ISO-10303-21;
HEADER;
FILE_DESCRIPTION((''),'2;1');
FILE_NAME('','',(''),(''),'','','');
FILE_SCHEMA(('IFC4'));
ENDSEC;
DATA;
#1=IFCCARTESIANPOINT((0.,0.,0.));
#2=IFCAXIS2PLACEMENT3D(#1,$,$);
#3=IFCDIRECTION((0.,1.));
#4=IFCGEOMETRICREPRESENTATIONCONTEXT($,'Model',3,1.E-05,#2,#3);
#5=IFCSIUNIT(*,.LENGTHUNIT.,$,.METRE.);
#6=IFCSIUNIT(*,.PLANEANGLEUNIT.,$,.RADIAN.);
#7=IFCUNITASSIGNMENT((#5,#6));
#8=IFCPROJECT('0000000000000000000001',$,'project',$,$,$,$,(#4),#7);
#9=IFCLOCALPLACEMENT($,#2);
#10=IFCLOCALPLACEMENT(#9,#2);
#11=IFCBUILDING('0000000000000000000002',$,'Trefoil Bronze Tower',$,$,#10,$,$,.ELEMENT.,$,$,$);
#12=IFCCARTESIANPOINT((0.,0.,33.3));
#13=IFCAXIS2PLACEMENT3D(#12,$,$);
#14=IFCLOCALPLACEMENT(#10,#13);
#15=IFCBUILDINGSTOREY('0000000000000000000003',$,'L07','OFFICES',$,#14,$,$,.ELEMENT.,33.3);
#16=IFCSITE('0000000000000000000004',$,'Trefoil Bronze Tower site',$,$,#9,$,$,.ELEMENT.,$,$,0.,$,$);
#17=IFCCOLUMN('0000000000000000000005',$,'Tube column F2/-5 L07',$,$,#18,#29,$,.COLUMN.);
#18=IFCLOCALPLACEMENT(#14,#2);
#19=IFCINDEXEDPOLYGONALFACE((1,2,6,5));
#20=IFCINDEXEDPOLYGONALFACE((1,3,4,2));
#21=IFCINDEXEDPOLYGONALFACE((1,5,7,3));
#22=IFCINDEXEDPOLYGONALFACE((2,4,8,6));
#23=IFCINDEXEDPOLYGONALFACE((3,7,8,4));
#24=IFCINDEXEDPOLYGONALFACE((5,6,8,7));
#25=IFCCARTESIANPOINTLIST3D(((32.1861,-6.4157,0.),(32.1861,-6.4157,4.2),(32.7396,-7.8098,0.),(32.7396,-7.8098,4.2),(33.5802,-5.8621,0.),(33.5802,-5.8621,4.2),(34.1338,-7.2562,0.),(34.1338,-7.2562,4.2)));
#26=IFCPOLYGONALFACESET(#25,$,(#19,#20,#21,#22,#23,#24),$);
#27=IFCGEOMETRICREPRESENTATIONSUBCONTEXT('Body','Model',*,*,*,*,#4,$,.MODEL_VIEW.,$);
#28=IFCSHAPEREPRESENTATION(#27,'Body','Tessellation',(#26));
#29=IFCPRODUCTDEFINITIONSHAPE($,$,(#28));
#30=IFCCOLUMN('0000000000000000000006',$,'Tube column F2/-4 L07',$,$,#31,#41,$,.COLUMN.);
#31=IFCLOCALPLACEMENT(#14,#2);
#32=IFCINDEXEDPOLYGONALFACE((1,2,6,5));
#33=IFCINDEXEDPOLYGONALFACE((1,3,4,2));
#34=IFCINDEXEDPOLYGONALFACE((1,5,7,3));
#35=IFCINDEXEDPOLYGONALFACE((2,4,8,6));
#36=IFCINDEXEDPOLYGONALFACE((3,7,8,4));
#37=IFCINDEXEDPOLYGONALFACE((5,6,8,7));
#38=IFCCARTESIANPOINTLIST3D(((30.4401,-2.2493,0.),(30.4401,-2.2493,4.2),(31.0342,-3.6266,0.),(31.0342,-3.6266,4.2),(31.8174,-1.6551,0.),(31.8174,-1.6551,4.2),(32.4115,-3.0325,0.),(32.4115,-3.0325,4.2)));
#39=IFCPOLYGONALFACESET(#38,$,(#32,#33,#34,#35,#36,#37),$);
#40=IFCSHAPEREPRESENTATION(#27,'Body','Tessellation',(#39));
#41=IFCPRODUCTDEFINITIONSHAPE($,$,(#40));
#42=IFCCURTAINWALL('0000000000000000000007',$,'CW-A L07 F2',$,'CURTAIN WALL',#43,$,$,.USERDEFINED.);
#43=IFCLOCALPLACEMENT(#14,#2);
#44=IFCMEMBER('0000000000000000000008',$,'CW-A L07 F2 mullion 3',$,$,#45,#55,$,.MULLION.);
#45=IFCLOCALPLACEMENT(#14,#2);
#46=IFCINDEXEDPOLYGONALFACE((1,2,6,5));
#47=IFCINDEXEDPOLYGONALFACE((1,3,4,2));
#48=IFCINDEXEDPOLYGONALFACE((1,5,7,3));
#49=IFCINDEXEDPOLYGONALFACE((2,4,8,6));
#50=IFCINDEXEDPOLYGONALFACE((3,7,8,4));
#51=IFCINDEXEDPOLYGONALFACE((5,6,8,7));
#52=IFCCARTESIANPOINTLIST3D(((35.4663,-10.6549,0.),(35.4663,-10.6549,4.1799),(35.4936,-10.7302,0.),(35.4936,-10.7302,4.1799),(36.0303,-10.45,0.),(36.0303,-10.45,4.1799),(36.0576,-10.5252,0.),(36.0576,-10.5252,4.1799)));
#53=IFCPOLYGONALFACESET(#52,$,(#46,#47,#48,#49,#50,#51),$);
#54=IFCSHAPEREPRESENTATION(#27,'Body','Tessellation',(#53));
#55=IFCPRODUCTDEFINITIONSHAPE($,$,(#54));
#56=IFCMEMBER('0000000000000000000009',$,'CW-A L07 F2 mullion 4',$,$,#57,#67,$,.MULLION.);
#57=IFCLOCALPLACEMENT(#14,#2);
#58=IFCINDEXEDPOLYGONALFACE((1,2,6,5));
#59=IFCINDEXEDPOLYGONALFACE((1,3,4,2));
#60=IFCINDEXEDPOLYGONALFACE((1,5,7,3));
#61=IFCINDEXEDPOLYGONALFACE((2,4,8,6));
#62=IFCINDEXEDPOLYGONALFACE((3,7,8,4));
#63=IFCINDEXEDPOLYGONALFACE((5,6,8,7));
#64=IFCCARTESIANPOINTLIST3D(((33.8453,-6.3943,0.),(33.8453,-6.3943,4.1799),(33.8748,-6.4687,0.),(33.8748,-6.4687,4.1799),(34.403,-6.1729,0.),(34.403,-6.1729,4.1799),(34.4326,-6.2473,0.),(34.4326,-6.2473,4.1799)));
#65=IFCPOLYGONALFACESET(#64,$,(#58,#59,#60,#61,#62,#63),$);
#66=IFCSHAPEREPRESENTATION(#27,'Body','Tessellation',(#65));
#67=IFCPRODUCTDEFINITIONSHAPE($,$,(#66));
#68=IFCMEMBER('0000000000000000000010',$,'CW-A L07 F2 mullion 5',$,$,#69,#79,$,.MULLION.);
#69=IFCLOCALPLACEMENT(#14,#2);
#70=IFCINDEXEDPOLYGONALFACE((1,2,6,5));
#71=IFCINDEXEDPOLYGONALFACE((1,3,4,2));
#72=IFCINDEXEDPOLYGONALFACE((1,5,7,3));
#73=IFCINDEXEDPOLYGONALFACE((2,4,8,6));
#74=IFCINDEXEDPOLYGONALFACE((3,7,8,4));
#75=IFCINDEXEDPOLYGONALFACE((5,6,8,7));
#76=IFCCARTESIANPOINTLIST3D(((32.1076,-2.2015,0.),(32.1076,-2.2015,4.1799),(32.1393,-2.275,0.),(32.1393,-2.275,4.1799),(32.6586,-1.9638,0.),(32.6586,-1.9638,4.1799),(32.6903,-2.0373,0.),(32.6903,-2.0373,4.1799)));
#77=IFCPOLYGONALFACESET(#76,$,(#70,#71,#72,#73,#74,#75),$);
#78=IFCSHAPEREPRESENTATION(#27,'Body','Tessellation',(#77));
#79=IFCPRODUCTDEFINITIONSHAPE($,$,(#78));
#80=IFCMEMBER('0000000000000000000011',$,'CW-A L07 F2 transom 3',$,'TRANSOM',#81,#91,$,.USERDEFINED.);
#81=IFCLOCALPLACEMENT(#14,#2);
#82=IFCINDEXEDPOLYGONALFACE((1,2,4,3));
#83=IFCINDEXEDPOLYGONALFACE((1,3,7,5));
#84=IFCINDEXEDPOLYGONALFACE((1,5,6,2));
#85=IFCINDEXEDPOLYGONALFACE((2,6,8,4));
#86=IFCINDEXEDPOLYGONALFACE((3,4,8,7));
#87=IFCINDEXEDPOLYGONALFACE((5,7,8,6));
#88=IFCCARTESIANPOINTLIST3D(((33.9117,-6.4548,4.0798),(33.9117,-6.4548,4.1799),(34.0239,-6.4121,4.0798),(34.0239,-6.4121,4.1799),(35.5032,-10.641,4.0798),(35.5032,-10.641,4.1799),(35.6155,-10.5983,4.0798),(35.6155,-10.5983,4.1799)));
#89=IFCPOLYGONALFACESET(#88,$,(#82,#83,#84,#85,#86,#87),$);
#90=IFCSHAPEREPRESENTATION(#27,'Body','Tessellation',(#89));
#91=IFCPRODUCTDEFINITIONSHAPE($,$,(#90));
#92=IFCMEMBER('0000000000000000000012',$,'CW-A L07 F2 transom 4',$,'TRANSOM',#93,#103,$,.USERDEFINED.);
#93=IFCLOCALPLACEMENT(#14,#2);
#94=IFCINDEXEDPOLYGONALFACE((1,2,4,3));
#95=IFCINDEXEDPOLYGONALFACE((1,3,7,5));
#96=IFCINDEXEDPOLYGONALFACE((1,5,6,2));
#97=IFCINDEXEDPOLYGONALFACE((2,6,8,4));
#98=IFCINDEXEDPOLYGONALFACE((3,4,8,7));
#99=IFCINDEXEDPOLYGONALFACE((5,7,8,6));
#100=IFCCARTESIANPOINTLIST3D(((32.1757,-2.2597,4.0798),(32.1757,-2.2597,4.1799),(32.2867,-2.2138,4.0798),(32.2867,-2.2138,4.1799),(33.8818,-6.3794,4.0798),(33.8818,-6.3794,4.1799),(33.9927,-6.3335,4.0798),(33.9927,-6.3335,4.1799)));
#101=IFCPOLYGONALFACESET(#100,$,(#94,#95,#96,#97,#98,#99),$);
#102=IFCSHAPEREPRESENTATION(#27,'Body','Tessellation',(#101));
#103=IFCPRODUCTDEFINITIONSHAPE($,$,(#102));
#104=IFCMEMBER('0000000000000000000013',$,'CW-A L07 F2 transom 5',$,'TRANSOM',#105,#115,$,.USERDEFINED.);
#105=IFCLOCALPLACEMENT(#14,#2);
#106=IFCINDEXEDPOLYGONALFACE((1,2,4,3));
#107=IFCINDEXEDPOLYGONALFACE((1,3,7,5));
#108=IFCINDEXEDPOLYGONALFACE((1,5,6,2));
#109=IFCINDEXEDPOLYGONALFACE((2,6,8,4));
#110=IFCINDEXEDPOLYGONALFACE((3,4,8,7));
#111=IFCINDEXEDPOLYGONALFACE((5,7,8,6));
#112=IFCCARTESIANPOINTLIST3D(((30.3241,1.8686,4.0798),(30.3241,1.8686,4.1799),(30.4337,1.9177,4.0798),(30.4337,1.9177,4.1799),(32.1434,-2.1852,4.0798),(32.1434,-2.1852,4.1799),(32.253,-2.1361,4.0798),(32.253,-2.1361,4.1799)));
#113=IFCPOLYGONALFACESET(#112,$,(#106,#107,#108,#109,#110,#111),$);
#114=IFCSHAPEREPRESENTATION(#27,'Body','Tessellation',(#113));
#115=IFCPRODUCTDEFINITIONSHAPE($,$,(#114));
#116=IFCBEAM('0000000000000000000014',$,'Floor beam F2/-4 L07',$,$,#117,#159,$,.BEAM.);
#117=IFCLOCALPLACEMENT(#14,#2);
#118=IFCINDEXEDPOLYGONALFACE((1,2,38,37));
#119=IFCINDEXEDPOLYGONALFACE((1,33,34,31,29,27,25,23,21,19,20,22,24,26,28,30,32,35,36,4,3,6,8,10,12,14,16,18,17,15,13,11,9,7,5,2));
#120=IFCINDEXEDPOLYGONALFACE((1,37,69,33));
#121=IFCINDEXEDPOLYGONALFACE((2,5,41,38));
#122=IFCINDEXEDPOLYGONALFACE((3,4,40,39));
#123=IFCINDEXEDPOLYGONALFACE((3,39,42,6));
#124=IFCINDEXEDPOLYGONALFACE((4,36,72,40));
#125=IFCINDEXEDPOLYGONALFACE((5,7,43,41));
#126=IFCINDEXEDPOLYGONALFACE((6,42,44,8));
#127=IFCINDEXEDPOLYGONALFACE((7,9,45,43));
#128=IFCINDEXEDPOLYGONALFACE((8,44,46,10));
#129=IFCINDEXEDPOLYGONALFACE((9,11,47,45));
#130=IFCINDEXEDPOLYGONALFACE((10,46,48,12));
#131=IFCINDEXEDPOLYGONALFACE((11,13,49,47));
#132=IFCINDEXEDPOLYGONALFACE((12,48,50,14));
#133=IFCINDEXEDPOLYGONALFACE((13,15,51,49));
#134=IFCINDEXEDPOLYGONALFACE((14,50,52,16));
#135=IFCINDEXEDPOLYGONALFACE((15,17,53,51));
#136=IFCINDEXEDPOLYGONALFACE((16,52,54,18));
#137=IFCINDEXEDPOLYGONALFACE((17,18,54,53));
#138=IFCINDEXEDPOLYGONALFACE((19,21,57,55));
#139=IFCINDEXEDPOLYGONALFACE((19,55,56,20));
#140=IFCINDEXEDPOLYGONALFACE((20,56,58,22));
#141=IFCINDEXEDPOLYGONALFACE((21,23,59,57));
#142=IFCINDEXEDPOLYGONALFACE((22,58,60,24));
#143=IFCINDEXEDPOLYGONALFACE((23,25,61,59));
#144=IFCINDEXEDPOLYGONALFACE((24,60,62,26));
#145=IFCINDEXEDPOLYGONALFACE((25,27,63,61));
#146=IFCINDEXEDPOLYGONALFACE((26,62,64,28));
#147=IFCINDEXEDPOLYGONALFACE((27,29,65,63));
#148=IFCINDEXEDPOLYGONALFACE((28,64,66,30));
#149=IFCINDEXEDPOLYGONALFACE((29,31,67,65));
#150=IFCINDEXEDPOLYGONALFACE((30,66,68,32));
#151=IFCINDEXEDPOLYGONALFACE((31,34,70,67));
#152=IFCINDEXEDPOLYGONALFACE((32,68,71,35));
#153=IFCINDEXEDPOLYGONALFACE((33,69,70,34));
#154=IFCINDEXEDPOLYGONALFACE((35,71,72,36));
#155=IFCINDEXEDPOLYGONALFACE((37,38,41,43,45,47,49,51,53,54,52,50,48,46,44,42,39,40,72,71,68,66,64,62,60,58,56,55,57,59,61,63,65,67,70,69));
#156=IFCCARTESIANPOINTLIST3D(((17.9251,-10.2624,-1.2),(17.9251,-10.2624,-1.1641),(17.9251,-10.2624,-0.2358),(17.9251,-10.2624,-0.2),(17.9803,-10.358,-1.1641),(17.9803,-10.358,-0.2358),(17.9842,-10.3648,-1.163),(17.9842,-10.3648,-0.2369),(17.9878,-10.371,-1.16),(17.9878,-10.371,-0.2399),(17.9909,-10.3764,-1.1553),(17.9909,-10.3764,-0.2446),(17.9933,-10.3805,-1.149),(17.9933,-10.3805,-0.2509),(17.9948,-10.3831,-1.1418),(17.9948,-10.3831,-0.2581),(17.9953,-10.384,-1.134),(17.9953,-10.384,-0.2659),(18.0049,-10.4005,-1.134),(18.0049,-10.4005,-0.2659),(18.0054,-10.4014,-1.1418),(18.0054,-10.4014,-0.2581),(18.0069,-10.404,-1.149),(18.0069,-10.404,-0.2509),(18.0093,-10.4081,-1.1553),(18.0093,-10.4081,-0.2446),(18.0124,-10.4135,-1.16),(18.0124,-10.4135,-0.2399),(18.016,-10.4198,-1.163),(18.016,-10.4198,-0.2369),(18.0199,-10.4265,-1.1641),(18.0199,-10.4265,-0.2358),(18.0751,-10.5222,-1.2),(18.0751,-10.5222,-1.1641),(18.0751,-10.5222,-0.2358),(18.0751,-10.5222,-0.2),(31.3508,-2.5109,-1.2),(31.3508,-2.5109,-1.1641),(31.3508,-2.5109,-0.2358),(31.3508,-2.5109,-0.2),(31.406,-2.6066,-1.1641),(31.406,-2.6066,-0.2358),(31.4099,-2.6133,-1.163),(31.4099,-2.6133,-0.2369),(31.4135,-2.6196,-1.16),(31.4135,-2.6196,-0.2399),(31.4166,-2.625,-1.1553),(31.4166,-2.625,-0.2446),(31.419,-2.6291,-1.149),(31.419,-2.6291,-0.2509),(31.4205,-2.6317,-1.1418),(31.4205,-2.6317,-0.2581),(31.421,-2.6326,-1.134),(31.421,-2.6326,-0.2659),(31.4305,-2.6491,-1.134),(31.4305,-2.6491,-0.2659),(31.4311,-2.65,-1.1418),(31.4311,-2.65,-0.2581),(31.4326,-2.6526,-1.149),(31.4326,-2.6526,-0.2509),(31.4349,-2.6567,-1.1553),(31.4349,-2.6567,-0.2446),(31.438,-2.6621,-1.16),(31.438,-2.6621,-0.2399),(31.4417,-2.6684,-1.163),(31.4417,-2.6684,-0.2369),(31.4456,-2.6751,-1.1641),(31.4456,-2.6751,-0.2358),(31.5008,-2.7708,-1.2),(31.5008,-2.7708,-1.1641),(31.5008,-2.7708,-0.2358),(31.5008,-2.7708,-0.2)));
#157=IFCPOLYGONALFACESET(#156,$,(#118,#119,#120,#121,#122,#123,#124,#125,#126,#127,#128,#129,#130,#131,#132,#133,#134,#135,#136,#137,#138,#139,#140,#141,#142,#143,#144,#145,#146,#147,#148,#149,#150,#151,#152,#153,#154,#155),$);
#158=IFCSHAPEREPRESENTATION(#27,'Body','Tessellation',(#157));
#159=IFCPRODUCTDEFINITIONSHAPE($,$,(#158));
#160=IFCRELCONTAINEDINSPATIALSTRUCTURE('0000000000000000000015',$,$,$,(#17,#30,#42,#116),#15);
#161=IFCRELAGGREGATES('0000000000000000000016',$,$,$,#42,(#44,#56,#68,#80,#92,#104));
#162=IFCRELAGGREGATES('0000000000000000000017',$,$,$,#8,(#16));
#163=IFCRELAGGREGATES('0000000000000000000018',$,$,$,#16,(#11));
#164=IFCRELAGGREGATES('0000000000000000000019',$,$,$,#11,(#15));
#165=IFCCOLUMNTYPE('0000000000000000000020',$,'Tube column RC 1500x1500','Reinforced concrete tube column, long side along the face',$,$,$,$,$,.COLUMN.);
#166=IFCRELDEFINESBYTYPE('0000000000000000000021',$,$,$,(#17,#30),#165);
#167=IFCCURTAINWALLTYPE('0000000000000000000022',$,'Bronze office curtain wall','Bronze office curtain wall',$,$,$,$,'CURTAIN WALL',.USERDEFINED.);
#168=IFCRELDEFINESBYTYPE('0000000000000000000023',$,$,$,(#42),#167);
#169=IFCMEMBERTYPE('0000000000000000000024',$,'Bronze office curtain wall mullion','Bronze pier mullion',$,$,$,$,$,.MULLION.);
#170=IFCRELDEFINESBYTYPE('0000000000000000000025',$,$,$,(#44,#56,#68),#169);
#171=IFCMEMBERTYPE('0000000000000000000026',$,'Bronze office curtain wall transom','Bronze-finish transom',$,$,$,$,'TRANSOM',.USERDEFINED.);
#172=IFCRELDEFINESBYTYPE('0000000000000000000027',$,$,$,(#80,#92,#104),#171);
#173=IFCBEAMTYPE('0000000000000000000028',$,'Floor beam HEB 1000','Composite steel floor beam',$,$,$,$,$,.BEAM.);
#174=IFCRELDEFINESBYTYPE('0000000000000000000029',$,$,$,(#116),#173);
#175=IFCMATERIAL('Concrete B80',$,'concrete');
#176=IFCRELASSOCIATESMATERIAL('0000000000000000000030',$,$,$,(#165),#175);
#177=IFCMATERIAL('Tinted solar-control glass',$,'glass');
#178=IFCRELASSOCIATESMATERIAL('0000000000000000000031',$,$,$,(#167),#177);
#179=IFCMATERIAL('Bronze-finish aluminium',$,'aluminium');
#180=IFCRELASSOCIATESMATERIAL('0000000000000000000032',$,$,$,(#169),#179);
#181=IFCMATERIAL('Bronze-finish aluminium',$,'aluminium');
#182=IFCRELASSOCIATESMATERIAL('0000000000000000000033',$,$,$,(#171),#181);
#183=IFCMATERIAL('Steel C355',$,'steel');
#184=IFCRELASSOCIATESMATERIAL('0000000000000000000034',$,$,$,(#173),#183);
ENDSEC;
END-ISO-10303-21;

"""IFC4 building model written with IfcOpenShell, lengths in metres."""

from ifc_helpers import new_model, si_unit, direction, frame, origin, origin_2d, place, context, subcontext, project, spatial, rectangle, i_section, extrude, material, material_profile, profile_set, type_object, element, aggregate, save


model = new_model("IFC4")

# Units and contexts
model_context = context("Model", 3, precision=1e-05, world=origin(), true_north=direction((0.0, 1.0)))
body_context = subcontext(model_context, "Body", "Model", "MODEL_VIEW")
ifc_project = project(units=[si_unit("LENGTHUNIT", "METRE"), si_unit("PLANEANGLEUNIT", "RADIAN")], contexts=[model_context])

# Site, building, storey
site_placement = place(None, origin())
site = spatial("IfcSite", under=ifc_project, at=site_placement, Name="Trefoil Bronze Tower site", CompositionType="ELEMENT", RefElevation=0.0)
building_placement = place(site_placement, origin())
building = spatial("IfcBuilding", under=site, at=building_placement, Name="Trefoil Bronze Tower", CompositionType="ELEMENT")
storey_placement = place(building_placement, frame((0.0, 0.0, 33.3)))
storey = spatial("IfcBuildingStorey", under=building, at=storey_placement, Name="L07", Description="OFFICES", CompositionType="ELEMENT", Elevation=33.3)

# Columns
ifc_material_1 = material(Name="Concrete B80", Category="concrete")
ifc_material_profile_1 = material_profile(ifc_material_1, rectangle(XDim=1.5, YDim=1.5, at=origin_2d()), Name="RC 1500x1500")
ifc_profile_set_1 = profile_set([ifc_material_profile_1], Name="Concrete B80")
column_type = type_object("IfcColumnType", Name="Tube column RC 1500x1500", Description="Reinforced concrete tube column, long side along the face", PredefinedType="COLUMN", material=ifc_profile_set_1)
for number, where, z_axis, x_axis, name in (
    (1, (33.1599, -6.8359, 0.0), (0.0, 0.0, 1.0), (-0.36904, 0.929414, 0.0), "Tube column F2/-5 L07"),
    (2, (31.4258, -2.6409, 0.0), (0.0, 0.0, 1.0), (-0.396085, 0.918214, 0.0), "Tube column F2/-4 L07"),
):
    element("IfcColumn", number, at=place(storey_placement, frame(where, z_axis=z_axis, x_axis=x_axis)), inside=storey, type_object=column_type, Name=name, PredefinedType="COLUMN", context=body_context, shape_type="SweptSolid", body=[
        extrude(rectangle(XDim=1.5, YDim=1.5, at=origin_2d()), origin(), (0.0, 0.0, 1.0), 4.2),
    ])

# Curtain wall, members
ifc_material_2 = material(Name="Tinted solar-control glass", Category="glass")
curtain_wall_type = type_object("IfcCurtainWallType", Name="Bronze office curtain wall", Description="Bronze office curtain wall", ElementType="CURTAIN WALL", PredefinedType="USERDEFINED", material=ifc_material_2)
curtain_wall_placement = place(storey_placement, origin())
curtain_wall = element("IfcCurtainWall", 3, at=curtain_wall_placement, inside=storey, type_object=curtain_wall_type, Name="CW-A L07 F2", ObjectType="CURTAIN WALL", PredefinedType="USERDEFINED")
ifc_material_3 = material(Name="Bronze-finish aluminium", Category="aluminium")
ifc_material_profile_2 = material_profile(ifc_material_3, rectangle(XDim=0.6001, YDim=0.0801, at=origin_2d()), Name="CW-A mullion")
ifc_profile_set_2 = profile_set([ifc_material_profile_2], Name="Bronze-finish aluminium")
member_type_1 = type_object("IfcMemberType", Name="Bronze office curtain wall mullion", Description="Bronze pier mullion", PredefinedType="MULLION", material=ifc_profile_set_2)
member_1_placement = place(storey_placement, frame((35.762, -10.5901, 0.0), z_axis=(0.0, 0.0, 1.0), x_axis=(-0.93986, -0.341559, 0.0)))
member_1 = element("IfcMember", 4, at=member_1_placement, type_object=member_type_1, Name="CW-A L07 F2 mullion 3", PredefinedType="MULLION", context=body_context, shape_type="SweptSolid", body=[
    extrude(rectangle(XDim=0.6001, YDim=0.0801, at=origin_2d()), origin(), (0.0, 0.0, 1.0), 4.1799),
])
member_2_placement = place(storey_placement, frame((34.1389, -6.3208, 0.0), z_axis=(0.0, 0.0, 1.0), x_axis=(-0.929414, -0.36904, 0.0)))
member_2 = element("IfcMember", 5, at=member_2_placement, type_object=member_type_1, Name="CW-A L07 F2 mullion 4", PredefinedType="MULLION", context=body_context, shape_type="SweptSolid", body=[
    extrude(rectangle(XDim=0.6001, YDim=0.0801, at=origin_2d()), origin(), (0.0, 0.0, 1.0), 4.1799),
])
member_3_placement = place(storey_placement, frame((32.3989, -2.1194, 0.0), z_axis=(0.0, 0.0, 1.0), x_axis=(-0.918214, -0.396085, 0.0)))
member_3 = element("IfcMember", 6, at=member_3_placement, type_object=member_type_1, Name="CW-A L07 F2 mullion 5", PredefinedType="MULLION", context=body_context, shape_type="SweptSolid", body=[
    extrude(rectangle(XDim=0.6001, YDim=0.0801, at=origin_2d()), origin(), (0.0, 0.0, 1.0), 4.1799),
])
ifc_material_4 = material(Name="Bronze-finish aluminium", Category="aluminium")
ifc_material_profile_3 = material_profile(ifc_material_4, rectangle(XDim=0.1201, YDim=0.1001, at=origin_2d()), Name="CW-A transom")
ifc_profile_set_3 = profile_set([ifc_material_profile_3], Name="Bronze-finish aluminium")
member_type_2 = type_object("IfcMemberType", Name="Bronze office curtain wall transom", Description="Bronze-finish transom", ElementType="TRANSOM", PredefinedType="USERDEFINED", material=ifc_profile_set_3)
member_4_placement = place(storey_placement, frame((35.5593, -10.6196, 4.1299), z_axis=(-0.355367, 0.934727, 0.0), x_axis=(-0.934727, -0.355367, 0.0)))
member_4 = element("IfcMember", 7, at=member_4_placement, type_object=member_type_2, Name="CW-A L07 F2 transom 3", ObjectType="TRANSOM", PredefinedType="USERDEFINED", context=body_context, shape_type="SweptSolid", body=[
    extrude(rectangle(XDim=0.1201, YDim=0.1001, at=origin_2d()), origin(), (0.0, 0.0, 1.0), 4.4785),
])
member_5_placement = place(storey_placement, frame((33.9373, -6.3564, 4.1299), z_axis=(-0.382616, 0.923907, 0.0), x_axis=(-0.923907, -0.382616, 0.0)))
member_5 = element("IfcMember", 8, at=member_5_placement, type_object=member_type_2, Name="CW-A L07 F2 transom 4", ObjectType="TRANSOM", PredefinedType="USERDEFINED", context=body_context, shape_type="SweptSolid", body=[
    extrude(rectangle(XDim=0.1201, YDim=0.1001, at=origin_2d()), origin(), (0.0, 0.0, 1.0), 4.459),
])
member_6_placement = place(storey_placement, frame((32.1982, -2.1606, 4.1299), z_axis=(-0.40946, 0.912328, 0.0), x_axis=(-0.912328, -0.40946, 0.0)))
member_6 = element("IfcMember", 9, at=member_6_placement, type_object=member_type_2, Name="CW-A L07 F2 transom 5", ObjectType="TRANSOM", PredefinedType="USERDEFINED", context=body_context, shape_type="SweptSolid", body=[
    extrude(rectangle(XDim=0.1201, YDim=0.1001, at=origin_2d()), origin(), (0.0, 0.0, 1.0), 4.4434),
])

# Beam
ifc_material_5 = material(Name="Steel C355", Category="steel")
ifc_material_profile_4 = material_profile(ifc_material_5, i_section(OverallWidth=0.3, OverallDepth=1.0, WebThickness=0.019, FlangeThickness=0.0359, FilletRadius=0.03, at=origin_2d()), Name="HEB 1000")
ifc_profile_set_4 = profile_set([ifc_material_profile_4], Name="Steel C355")
beam_type_1 = type_object("IfcBeamType", Name="Floor beam HEB 1000", Description="Composite steel floor beam", PredefinedType="BEAM", material=ifc_profile_set_4)
beam_1_placement = place(storey_placement, frame((31.4258, -2.6409, -0.7), z_axis=(-0.866023, -0.500004, 0.0), x_axis=(0.500004, -0.866023, 0.0)))
element("IfcBeam", 10, at=beam_1_placement, inside=storey, type_object=beam_type_1, Name="Floor beam F2/-4 L07", PredefinedType="BEAM", context=body_context, shape_type="SweptSolid", body=[
    extrude(i_section(OverallWidth=0.3, OverallDepth=1.0, WebThickness=0.019, FlangeThickness=0.0359, FilletRadius=0.03, at=origin_2d()), origin(), (0.0, 0.0, 1.0), 15.5027),
])

aggregate(curtain_wall, [member_1, member_2, member_3, member_4, member_5, member_6])

save(model, "model.ifc")
